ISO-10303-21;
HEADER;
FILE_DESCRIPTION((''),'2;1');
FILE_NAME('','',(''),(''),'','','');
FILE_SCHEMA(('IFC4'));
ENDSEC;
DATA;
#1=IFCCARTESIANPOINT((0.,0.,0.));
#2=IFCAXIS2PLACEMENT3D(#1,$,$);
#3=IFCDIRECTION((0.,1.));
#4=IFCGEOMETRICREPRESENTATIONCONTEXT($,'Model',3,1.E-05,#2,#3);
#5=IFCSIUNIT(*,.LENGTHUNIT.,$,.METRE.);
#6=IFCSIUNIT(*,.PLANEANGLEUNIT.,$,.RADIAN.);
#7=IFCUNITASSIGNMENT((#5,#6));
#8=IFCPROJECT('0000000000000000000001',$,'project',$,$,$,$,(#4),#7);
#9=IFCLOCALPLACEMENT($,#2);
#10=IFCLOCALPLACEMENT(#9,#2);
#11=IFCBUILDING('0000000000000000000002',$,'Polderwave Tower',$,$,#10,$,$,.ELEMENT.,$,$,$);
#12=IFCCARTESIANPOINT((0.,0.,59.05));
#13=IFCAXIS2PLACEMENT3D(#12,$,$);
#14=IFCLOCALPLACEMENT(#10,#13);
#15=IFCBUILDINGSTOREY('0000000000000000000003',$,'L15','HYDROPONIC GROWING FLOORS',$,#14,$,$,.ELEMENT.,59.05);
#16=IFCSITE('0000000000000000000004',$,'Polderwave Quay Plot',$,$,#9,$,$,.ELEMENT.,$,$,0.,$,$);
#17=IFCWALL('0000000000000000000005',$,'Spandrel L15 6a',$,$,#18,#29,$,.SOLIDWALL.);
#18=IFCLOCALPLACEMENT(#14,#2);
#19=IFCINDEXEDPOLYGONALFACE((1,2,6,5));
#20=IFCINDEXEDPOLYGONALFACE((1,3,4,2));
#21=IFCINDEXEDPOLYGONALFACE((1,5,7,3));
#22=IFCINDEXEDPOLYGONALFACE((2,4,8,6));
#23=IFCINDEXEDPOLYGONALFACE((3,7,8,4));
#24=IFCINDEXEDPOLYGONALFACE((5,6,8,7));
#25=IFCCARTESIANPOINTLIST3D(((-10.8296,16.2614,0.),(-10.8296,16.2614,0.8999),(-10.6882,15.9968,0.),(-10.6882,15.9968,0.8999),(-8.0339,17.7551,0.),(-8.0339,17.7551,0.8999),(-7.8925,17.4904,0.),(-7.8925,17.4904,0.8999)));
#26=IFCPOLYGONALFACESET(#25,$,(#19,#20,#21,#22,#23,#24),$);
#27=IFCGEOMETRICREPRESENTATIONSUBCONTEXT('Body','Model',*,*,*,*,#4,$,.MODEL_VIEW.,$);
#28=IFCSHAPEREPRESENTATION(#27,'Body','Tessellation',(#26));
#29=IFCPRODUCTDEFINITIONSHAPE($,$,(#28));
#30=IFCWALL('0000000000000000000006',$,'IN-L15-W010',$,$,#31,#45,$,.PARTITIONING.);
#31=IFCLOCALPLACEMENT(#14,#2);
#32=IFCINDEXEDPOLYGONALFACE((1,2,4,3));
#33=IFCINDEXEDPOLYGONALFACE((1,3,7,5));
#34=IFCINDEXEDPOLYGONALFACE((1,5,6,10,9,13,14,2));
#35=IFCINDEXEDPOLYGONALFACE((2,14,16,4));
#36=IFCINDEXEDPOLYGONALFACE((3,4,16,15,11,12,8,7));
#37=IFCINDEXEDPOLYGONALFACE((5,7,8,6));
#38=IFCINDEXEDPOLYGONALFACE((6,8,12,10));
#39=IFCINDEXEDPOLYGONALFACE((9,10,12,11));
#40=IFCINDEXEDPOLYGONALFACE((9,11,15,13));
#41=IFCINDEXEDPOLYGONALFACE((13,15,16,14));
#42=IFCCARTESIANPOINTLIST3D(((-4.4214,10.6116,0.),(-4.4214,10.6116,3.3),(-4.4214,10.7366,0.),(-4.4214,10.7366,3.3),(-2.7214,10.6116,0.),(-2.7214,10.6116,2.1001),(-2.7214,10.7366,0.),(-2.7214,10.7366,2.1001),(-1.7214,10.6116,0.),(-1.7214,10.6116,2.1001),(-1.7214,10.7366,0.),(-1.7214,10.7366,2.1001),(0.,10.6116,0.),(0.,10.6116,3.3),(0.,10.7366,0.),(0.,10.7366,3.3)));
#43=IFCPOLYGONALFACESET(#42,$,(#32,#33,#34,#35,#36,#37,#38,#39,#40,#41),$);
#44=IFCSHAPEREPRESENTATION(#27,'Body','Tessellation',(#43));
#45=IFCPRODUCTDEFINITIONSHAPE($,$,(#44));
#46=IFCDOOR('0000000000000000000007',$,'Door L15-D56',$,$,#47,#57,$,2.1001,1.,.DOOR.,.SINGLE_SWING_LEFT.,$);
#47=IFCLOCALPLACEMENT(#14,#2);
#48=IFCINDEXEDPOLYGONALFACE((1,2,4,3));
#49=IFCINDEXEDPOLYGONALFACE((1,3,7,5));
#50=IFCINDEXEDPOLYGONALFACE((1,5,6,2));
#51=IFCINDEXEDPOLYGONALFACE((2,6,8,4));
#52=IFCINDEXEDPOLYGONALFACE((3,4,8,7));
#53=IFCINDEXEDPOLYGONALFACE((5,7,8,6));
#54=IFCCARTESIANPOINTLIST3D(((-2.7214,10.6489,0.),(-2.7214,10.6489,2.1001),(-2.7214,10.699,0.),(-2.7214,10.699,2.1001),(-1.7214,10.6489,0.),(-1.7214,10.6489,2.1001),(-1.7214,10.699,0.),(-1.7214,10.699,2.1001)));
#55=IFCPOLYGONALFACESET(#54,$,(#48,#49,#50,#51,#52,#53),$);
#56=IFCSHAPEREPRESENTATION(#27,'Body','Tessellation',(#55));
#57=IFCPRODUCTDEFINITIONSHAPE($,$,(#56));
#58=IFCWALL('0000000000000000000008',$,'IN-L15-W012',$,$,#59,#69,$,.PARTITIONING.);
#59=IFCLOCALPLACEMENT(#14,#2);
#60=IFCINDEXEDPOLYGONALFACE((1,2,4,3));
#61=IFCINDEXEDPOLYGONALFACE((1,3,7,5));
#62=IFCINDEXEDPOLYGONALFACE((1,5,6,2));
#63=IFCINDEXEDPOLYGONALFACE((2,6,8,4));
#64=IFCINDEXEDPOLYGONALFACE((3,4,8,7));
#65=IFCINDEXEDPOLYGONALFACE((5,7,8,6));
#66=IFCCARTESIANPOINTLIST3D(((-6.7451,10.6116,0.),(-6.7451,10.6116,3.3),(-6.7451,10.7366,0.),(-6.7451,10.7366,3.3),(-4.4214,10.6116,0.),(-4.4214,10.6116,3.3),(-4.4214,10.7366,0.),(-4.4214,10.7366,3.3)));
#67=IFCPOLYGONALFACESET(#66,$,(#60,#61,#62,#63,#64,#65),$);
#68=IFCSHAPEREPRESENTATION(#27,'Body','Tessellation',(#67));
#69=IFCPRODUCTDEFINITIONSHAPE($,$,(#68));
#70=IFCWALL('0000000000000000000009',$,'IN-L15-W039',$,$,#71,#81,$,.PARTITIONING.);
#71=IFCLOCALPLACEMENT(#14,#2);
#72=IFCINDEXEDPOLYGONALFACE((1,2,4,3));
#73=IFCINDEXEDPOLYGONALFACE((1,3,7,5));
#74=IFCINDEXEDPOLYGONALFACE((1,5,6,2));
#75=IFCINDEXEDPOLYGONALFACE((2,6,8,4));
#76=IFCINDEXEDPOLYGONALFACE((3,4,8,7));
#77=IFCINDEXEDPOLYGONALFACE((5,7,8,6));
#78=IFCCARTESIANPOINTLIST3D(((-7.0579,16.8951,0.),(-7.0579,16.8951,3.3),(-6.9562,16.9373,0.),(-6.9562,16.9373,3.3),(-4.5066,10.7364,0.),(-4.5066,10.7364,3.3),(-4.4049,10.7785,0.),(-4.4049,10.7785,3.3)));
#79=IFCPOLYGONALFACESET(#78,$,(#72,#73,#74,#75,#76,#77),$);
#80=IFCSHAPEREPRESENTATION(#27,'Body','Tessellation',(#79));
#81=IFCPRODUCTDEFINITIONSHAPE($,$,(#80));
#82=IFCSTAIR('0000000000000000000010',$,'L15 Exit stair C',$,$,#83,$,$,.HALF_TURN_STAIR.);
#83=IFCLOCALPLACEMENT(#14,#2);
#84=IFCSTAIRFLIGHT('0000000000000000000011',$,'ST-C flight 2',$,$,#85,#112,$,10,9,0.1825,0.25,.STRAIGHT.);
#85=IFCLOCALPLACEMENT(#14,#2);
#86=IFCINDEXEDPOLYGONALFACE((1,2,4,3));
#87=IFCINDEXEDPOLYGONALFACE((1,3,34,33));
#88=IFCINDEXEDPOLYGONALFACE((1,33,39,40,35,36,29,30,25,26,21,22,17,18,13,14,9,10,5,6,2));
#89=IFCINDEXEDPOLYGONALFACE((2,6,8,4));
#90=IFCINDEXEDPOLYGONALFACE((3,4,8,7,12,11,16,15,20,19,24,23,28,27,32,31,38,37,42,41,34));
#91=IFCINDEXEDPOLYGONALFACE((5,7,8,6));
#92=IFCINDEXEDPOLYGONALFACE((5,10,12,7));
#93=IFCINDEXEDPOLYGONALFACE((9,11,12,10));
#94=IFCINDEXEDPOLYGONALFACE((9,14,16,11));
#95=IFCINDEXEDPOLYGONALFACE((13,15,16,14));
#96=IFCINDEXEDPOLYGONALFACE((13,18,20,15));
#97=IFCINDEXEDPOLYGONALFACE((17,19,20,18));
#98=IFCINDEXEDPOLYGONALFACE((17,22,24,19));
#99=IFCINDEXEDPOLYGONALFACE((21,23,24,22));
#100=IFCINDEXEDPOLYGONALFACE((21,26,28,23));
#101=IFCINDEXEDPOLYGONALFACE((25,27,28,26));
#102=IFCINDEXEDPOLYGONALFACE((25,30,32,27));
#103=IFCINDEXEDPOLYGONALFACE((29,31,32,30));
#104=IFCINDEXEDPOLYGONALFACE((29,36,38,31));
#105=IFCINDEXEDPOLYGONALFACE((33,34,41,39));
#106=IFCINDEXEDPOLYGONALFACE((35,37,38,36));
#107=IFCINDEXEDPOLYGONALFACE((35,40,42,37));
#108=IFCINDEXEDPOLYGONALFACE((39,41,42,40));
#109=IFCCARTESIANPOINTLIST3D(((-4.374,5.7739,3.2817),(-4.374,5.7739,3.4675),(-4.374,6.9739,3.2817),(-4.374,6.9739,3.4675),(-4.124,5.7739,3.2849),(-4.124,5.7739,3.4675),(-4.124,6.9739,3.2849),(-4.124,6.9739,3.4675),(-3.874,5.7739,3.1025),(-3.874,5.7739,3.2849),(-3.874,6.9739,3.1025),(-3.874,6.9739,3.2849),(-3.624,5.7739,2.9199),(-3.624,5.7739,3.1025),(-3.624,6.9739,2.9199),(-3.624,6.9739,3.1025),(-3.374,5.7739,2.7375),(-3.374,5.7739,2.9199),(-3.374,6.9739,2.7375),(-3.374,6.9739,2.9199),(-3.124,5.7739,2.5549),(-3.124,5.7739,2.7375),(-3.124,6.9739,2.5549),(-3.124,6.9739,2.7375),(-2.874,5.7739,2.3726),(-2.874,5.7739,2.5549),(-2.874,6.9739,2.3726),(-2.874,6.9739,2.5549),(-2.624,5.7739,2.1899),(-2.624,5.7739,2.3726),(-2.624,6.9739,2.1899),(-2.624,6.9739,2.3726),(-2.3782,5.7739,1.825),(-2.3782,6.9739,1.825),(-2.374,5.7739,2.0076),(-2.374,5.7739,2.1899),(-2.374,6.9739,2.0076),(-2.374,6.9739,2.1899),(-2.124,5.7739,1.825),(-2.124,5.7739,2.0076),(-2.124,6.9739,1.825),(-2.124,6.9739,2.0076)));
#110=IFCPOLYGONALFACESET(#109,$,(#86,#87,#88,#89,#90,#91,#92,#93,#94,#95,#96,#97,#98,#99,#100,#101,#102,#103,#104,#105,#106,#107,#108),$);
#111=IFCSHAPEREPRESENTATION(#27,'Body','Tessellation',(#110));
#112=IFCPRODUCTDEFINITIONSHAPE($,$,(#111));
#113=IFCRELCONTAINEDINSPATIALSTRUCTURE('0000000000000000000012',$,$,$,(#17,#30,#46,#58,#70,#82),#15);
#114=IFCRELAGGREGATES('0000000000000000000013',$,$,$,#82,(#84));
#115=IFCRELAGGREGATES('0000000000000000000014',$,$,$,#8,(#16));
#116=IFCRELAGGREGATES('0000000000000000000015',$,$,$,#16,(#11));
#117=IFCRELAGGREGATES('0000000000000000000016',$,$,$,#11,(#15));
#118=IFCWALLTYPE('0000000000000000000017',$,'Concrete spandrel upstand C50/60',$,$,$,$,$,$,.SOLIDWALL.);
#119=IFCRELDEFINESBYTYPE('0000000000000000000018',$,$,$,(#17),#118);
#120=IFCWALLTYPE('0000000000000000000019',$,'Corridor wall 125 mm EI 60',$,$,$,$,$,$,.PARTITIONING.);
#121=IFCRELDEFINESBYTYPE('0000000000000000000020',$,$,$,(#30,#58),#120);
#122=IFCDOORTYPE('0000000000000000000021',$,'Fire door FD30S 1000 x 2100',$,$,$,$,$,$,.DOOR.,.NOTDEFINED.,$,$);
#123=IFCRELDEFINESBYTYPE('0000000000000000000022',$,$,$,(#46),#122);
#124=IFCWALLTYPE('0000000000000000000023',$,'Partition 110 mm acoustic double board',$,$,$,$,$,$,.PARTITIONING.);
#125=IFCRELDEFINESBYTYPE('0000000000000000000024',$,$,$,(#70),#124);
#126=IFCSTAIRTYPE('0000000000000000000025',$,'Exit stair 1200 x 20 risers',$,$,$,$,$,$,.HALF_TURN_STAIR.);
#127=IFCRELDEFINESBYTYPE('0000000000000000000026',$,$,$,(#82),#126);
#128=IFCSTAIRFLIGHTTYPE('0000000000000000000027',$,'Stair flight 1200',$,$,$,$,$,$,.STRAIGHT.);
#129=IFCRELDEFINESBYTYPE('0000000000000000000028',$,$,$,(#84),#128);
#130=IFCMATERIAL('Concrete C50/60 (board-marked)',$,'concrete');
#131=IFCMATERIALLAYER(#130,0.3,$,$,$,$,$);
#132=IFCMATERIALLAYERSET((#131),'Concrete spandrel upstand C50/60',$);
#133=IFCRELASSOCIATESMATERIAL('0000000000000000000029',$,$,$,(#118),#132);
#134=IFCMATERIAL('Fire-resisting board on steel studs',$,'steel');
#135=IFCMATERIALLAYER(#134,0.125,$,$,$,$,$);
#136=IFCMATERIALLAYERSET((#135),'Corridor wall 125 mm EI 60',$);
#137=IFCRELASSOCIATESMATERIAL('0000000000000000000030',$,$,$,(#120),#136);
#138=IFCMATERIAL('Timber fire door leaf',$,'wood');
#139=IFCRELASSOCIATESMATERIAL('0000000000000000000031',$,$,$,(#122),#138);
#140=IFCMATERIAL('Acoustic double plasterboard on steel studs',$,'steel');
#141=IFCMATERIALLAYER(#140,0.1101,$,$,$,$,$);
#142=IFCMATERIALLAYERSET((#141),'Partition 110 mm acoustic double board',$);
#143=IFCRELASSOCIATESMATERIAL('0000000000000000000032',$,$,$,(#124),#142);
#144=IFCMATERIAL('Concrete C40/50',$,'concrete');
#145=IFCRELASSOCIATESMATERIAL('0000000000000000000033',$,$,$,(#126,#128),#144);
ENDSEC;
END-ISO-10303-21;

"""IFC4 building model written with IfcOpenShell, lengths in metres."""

from ifc_helpers import new_model, si_unit, direction, frame, frame_2d, origin, place, context, subcontext, project, spatial, polyline, rectangle, outline, extrude, material, layer, layer_set, type_object, element, fill, aggregate, save


model = new_model("IFC4")

# Units and contexts
model_context = context("Model", 3, precision=1e-05, world=origin(), true_north=direction((0.0, 1.0)))
body_context = subcontext(model_context, "Body", "Model", "MODEL_VIEW")
ifc_project = project(units=[si_unit("LENGTHUNIT", "METRE"), si_unit("PLANEANGLEUNIT", "RADIAN")], contexts=[model_context])

# Site, building, storey
site_placement = place(None, origin())
site = spatial("IfcSite", under=ifc_project, at=site_placement, Name="Polderwave Quay Plot", CompositionType="ELEMENT", RefElevation=0.0)
building_placement = place(site_placement, origin())
building = spatial("IfcBuilding", under=site, at=building_placement, Name="Polderwave Tower", CompositionType="ELEMENT")
storey_placement = place(building_placement, frame((0.0, 0.0, 59.05)))
storey = spatial("IfcBuildingStorey", under=building, at=storey_placement, Name="L15", Description="HYDROPONIC GROWING FLOORS", CompositionType="ELEMENT", Elevation=59.05)

# Wall
ifc_material_1 = material(Name="Concrete C50/60 (board-marked)", Category="concrete")
ifc_layer_1 = layer(ifc_material_1, 0.3)
ifc_layer_set_1 = layer_set([ifc_layer_1], Name="Concrete spandrel upstand C50/60")
wall_type_1 = type_object("IfcWallType", Name="Concrete spandrel upstand C50/60", PredefinedType="SOLIDWALL", material=ifc_layer_set_1)
wall_1_placement = place(storey_placement, frame((-7.9631, 17.6228, 0.0), z_axis=(0.0, 0.0, 1.0), x_axis=(-0.882007, -0.471236, 0.0)))
element("IfcWall", 1, at=wall_1_placement, inside=storey, type_object=wall_type_1, Name="Spandrel L15 6a", PredefinedType="SOLIDWALL", context=body_context, shape_type="SweptSolid", body=[
    extrude(rectangle(XDim=3.1697, YDim=0.3, at=frame_2d((1.585, 0.0))), origin(), (0.0, 0.0, 1.0), 0.8999),
])

# Wall, opening, door
ifc_material_2 = material(Name="Fire-resisting board on steel studs", Category="steel")
ifc_layer_2 = layer(ifc_material_2, 0.125)
ifc_layer_set_2 = layer_set([ifc_layer_2], Name="Corridor wall 125 mm EI 60")
wall_type_2 = type_object("IfcWallType", Name="Corridor wall 125 mm EI 60", PredefinedType="PARTITIONING", material=ifc_layer_set_2)
wall_2_placement = place(storey_placement, frame((-4.4214, 10.6741, 0.0), z_axis=(0.0, 0.0, 1.0), x_axis=(1.0, 0.0, 0.0)))
wall_2 = element("IfcWall", 2, at=wall_2_placement, inside=storey, type_object=wall_type_2, Name="IN-L15-W010", PredefinedType="PARTITIONING", context=body_context, shape_type="SweptSolid", body=[
    extrude(rectangle(XDim=4.4214, YDim=0.125, at=frame_2d((2.2107, 0.0))), origin(), (0.0, 0.0, 1.0), 3.3),
])
opening_placement = place(wall_2_placement, frame((1.7, 0.0, 0.0)))
opening = element("IfcOpeningElement", 3, at=opening_placement, cuts=wall_2, PredefinedType="OPENING", context=body_context, shape_type="SweptSolid", body=[
    extrude(rectangle(XDim=1.0, YDim=2.1001, at=frame_2d((0.5, 1.05))), frame((0.0, 0.0725, 0.0), z_axis=(0.0, -1.0, 0.0), x_axis=(1.0, 0.0, 0.0)), (0.0, 0.0, 1.0), 0.145),
])
ifc_material_3 = material(Name="Timber fire door leaf", Category="wood")
door_type = type_object("IfcDoorType", Name="Fire door FD30S 1000 x 2100", OperationType="NOTDEFINED", PredefinedType="DOOR", material=ifc_material_3)
door_placement = place(opening_placement, origin())
door = element("IfcDoor", 4, at=door_placement, inside=storey, type_object=door_type, Name="Door L15-D56", OperationType="SINGLE_SWING_LEFT", OverallHeight=2.1001, OverallWidth=1.0, PredefinedType="DOOR", context=body_context, shape_type="SweptSolid", body=[
    extrude(rectangle(XDim=1.0, YDim=2.1001, at=frame_2d((0.5, 1.05))), frame((0.0, 0.0249, 0.0), z_axis=(0.0, -1.0, 0.0), x_axis=(1.0, 0.0, 0.0)), (0.0, 0.0, 1.0), 0.05),
])
fill(opening, door)

# Walls
wall_3_placement = place(storey_placement, frame((-6.7451, 10.6741, 0.0), z_axis=(0.0, 0.0, 1.0), x_axis=(1.0, 0.0, 0.0)))
element("IfcWall", 5, at=wall_3_placement, inside=storey, type_object=wall_type_2, Name="IN-L15-W012", PredefinedType="PARTITIONING", context=body_context, shape_type="SweptSolid", body=[
    extrude(rectangle(XDim=2.3237, YDim=0.125, at=frame_2d((1.1619, 0.0))), origin(), (0.0, 0.0, 1.0), 3.3),
])
ifc_material_4 = material(Name="Acoustic double plasterboard on steel studs", Category="steel")
ifc_layer_3 = layer(ifc_material_4, 0.1101)
ifc_layer_set_3 = layer_set([ifc_layer_3], Name="Partition 110 mm acoustic double board")
wall_type_3 = type_object("IfcWallType", Name="Partition 110 mm acoustic double board", PredefinedType="PARTITIONING", material=ifc_layer_set_3)
wall_4_placement = place(storey_placement, frame((-4.4558, 10.7576, 0.0), z_axis=(0.0, 0.0, 1.0), x_axis=(-0.382716, 0.923866, 0.0)))
element("IfcWall", 6, at=wall_4_placement, inside=storey, type_object=wall_type_3, Name="IN-L15-W039", PredefinedType="PARTITIONING", context=body_context, shape_type="SweptSolid", body=[
    extrude(rectangle(XDim=6.6663, YDim=0.1101, at=frame_2d((3.333, 0.0))), origin(), (0.0, 0.0, 1.0), 3.3),
])

# Stair, stair flight
ifc_material_5 = material(Name="Concrete C40/50", Category="concrete")
stair_type = type_object("IfcStairType", Name="Exit stair 1200 x 20 risers", PredefinedType="HALF_TURN_STAIR", material=ifc_material_5)
stair_placement = place(storey_placement, origin())
stair = element("IfcStair", 7, at=stair_placement, inside=storey, type_object=stair_type, Name="L15 Exit stair C", PredefinedType="HALF_TURN_STAIR")
stair_flight_type = type_object("IfcStairFlightType", Name="Stair flight 1200", PredefinedType="STRAIGHT", material=ifc_material_5)
stair_flight_placement = place(storey_placement, frame((-2.124, 6.374, 1.825), z_axis=(0.0, 0.0, 1.0), x_axis=(-1.0, 0.0, 0.0)))
stair_flight = element("IfcStairFlight", 8, at=stair_flight_placement, type_object=stair_flight_type, Name="ST-C flight 2", NumberOfRisers=10, NumberOfTreads=9, PredefinedType="STRAIGHT", RiserHeight=0.1825, TreadLength=0.25, context=body_context, shape_type="SweptSolid", body=[
    extrude(outline(polyline([(0.0, 0.0), (0.0, 0.1826), (0.25, 0.1826), (0.25, 0.365), (0.5, 0.365), (0.5, 0.5476), (0.75, 0.5476), (0.75, 0.73), (1.0, 0.73), (1.0, 0.9126), (1.25, 0.9126), (1.25, 1.095), (1.5, 1.095), (1.5, 1.2776), (1.75, 1.2776), (1.75, 1.46), (2.0, 1.46), (2.0, 1.6426), (2.25, 1.6426), (2.25, 1.825), (2.25, 1.4568), (0.2542, 0.0), (0.0, 0.0)])), frame((0.0, 0.6001, 0.0), z_axis=(0.0, -1.0, 0.0), x_axis=(1.0, 0.0, 0.0)), (0.0, 0.0, 1.0), 1.2),
])
aggregate(stair, [stair_flight])

save(model, "model.ifc")
